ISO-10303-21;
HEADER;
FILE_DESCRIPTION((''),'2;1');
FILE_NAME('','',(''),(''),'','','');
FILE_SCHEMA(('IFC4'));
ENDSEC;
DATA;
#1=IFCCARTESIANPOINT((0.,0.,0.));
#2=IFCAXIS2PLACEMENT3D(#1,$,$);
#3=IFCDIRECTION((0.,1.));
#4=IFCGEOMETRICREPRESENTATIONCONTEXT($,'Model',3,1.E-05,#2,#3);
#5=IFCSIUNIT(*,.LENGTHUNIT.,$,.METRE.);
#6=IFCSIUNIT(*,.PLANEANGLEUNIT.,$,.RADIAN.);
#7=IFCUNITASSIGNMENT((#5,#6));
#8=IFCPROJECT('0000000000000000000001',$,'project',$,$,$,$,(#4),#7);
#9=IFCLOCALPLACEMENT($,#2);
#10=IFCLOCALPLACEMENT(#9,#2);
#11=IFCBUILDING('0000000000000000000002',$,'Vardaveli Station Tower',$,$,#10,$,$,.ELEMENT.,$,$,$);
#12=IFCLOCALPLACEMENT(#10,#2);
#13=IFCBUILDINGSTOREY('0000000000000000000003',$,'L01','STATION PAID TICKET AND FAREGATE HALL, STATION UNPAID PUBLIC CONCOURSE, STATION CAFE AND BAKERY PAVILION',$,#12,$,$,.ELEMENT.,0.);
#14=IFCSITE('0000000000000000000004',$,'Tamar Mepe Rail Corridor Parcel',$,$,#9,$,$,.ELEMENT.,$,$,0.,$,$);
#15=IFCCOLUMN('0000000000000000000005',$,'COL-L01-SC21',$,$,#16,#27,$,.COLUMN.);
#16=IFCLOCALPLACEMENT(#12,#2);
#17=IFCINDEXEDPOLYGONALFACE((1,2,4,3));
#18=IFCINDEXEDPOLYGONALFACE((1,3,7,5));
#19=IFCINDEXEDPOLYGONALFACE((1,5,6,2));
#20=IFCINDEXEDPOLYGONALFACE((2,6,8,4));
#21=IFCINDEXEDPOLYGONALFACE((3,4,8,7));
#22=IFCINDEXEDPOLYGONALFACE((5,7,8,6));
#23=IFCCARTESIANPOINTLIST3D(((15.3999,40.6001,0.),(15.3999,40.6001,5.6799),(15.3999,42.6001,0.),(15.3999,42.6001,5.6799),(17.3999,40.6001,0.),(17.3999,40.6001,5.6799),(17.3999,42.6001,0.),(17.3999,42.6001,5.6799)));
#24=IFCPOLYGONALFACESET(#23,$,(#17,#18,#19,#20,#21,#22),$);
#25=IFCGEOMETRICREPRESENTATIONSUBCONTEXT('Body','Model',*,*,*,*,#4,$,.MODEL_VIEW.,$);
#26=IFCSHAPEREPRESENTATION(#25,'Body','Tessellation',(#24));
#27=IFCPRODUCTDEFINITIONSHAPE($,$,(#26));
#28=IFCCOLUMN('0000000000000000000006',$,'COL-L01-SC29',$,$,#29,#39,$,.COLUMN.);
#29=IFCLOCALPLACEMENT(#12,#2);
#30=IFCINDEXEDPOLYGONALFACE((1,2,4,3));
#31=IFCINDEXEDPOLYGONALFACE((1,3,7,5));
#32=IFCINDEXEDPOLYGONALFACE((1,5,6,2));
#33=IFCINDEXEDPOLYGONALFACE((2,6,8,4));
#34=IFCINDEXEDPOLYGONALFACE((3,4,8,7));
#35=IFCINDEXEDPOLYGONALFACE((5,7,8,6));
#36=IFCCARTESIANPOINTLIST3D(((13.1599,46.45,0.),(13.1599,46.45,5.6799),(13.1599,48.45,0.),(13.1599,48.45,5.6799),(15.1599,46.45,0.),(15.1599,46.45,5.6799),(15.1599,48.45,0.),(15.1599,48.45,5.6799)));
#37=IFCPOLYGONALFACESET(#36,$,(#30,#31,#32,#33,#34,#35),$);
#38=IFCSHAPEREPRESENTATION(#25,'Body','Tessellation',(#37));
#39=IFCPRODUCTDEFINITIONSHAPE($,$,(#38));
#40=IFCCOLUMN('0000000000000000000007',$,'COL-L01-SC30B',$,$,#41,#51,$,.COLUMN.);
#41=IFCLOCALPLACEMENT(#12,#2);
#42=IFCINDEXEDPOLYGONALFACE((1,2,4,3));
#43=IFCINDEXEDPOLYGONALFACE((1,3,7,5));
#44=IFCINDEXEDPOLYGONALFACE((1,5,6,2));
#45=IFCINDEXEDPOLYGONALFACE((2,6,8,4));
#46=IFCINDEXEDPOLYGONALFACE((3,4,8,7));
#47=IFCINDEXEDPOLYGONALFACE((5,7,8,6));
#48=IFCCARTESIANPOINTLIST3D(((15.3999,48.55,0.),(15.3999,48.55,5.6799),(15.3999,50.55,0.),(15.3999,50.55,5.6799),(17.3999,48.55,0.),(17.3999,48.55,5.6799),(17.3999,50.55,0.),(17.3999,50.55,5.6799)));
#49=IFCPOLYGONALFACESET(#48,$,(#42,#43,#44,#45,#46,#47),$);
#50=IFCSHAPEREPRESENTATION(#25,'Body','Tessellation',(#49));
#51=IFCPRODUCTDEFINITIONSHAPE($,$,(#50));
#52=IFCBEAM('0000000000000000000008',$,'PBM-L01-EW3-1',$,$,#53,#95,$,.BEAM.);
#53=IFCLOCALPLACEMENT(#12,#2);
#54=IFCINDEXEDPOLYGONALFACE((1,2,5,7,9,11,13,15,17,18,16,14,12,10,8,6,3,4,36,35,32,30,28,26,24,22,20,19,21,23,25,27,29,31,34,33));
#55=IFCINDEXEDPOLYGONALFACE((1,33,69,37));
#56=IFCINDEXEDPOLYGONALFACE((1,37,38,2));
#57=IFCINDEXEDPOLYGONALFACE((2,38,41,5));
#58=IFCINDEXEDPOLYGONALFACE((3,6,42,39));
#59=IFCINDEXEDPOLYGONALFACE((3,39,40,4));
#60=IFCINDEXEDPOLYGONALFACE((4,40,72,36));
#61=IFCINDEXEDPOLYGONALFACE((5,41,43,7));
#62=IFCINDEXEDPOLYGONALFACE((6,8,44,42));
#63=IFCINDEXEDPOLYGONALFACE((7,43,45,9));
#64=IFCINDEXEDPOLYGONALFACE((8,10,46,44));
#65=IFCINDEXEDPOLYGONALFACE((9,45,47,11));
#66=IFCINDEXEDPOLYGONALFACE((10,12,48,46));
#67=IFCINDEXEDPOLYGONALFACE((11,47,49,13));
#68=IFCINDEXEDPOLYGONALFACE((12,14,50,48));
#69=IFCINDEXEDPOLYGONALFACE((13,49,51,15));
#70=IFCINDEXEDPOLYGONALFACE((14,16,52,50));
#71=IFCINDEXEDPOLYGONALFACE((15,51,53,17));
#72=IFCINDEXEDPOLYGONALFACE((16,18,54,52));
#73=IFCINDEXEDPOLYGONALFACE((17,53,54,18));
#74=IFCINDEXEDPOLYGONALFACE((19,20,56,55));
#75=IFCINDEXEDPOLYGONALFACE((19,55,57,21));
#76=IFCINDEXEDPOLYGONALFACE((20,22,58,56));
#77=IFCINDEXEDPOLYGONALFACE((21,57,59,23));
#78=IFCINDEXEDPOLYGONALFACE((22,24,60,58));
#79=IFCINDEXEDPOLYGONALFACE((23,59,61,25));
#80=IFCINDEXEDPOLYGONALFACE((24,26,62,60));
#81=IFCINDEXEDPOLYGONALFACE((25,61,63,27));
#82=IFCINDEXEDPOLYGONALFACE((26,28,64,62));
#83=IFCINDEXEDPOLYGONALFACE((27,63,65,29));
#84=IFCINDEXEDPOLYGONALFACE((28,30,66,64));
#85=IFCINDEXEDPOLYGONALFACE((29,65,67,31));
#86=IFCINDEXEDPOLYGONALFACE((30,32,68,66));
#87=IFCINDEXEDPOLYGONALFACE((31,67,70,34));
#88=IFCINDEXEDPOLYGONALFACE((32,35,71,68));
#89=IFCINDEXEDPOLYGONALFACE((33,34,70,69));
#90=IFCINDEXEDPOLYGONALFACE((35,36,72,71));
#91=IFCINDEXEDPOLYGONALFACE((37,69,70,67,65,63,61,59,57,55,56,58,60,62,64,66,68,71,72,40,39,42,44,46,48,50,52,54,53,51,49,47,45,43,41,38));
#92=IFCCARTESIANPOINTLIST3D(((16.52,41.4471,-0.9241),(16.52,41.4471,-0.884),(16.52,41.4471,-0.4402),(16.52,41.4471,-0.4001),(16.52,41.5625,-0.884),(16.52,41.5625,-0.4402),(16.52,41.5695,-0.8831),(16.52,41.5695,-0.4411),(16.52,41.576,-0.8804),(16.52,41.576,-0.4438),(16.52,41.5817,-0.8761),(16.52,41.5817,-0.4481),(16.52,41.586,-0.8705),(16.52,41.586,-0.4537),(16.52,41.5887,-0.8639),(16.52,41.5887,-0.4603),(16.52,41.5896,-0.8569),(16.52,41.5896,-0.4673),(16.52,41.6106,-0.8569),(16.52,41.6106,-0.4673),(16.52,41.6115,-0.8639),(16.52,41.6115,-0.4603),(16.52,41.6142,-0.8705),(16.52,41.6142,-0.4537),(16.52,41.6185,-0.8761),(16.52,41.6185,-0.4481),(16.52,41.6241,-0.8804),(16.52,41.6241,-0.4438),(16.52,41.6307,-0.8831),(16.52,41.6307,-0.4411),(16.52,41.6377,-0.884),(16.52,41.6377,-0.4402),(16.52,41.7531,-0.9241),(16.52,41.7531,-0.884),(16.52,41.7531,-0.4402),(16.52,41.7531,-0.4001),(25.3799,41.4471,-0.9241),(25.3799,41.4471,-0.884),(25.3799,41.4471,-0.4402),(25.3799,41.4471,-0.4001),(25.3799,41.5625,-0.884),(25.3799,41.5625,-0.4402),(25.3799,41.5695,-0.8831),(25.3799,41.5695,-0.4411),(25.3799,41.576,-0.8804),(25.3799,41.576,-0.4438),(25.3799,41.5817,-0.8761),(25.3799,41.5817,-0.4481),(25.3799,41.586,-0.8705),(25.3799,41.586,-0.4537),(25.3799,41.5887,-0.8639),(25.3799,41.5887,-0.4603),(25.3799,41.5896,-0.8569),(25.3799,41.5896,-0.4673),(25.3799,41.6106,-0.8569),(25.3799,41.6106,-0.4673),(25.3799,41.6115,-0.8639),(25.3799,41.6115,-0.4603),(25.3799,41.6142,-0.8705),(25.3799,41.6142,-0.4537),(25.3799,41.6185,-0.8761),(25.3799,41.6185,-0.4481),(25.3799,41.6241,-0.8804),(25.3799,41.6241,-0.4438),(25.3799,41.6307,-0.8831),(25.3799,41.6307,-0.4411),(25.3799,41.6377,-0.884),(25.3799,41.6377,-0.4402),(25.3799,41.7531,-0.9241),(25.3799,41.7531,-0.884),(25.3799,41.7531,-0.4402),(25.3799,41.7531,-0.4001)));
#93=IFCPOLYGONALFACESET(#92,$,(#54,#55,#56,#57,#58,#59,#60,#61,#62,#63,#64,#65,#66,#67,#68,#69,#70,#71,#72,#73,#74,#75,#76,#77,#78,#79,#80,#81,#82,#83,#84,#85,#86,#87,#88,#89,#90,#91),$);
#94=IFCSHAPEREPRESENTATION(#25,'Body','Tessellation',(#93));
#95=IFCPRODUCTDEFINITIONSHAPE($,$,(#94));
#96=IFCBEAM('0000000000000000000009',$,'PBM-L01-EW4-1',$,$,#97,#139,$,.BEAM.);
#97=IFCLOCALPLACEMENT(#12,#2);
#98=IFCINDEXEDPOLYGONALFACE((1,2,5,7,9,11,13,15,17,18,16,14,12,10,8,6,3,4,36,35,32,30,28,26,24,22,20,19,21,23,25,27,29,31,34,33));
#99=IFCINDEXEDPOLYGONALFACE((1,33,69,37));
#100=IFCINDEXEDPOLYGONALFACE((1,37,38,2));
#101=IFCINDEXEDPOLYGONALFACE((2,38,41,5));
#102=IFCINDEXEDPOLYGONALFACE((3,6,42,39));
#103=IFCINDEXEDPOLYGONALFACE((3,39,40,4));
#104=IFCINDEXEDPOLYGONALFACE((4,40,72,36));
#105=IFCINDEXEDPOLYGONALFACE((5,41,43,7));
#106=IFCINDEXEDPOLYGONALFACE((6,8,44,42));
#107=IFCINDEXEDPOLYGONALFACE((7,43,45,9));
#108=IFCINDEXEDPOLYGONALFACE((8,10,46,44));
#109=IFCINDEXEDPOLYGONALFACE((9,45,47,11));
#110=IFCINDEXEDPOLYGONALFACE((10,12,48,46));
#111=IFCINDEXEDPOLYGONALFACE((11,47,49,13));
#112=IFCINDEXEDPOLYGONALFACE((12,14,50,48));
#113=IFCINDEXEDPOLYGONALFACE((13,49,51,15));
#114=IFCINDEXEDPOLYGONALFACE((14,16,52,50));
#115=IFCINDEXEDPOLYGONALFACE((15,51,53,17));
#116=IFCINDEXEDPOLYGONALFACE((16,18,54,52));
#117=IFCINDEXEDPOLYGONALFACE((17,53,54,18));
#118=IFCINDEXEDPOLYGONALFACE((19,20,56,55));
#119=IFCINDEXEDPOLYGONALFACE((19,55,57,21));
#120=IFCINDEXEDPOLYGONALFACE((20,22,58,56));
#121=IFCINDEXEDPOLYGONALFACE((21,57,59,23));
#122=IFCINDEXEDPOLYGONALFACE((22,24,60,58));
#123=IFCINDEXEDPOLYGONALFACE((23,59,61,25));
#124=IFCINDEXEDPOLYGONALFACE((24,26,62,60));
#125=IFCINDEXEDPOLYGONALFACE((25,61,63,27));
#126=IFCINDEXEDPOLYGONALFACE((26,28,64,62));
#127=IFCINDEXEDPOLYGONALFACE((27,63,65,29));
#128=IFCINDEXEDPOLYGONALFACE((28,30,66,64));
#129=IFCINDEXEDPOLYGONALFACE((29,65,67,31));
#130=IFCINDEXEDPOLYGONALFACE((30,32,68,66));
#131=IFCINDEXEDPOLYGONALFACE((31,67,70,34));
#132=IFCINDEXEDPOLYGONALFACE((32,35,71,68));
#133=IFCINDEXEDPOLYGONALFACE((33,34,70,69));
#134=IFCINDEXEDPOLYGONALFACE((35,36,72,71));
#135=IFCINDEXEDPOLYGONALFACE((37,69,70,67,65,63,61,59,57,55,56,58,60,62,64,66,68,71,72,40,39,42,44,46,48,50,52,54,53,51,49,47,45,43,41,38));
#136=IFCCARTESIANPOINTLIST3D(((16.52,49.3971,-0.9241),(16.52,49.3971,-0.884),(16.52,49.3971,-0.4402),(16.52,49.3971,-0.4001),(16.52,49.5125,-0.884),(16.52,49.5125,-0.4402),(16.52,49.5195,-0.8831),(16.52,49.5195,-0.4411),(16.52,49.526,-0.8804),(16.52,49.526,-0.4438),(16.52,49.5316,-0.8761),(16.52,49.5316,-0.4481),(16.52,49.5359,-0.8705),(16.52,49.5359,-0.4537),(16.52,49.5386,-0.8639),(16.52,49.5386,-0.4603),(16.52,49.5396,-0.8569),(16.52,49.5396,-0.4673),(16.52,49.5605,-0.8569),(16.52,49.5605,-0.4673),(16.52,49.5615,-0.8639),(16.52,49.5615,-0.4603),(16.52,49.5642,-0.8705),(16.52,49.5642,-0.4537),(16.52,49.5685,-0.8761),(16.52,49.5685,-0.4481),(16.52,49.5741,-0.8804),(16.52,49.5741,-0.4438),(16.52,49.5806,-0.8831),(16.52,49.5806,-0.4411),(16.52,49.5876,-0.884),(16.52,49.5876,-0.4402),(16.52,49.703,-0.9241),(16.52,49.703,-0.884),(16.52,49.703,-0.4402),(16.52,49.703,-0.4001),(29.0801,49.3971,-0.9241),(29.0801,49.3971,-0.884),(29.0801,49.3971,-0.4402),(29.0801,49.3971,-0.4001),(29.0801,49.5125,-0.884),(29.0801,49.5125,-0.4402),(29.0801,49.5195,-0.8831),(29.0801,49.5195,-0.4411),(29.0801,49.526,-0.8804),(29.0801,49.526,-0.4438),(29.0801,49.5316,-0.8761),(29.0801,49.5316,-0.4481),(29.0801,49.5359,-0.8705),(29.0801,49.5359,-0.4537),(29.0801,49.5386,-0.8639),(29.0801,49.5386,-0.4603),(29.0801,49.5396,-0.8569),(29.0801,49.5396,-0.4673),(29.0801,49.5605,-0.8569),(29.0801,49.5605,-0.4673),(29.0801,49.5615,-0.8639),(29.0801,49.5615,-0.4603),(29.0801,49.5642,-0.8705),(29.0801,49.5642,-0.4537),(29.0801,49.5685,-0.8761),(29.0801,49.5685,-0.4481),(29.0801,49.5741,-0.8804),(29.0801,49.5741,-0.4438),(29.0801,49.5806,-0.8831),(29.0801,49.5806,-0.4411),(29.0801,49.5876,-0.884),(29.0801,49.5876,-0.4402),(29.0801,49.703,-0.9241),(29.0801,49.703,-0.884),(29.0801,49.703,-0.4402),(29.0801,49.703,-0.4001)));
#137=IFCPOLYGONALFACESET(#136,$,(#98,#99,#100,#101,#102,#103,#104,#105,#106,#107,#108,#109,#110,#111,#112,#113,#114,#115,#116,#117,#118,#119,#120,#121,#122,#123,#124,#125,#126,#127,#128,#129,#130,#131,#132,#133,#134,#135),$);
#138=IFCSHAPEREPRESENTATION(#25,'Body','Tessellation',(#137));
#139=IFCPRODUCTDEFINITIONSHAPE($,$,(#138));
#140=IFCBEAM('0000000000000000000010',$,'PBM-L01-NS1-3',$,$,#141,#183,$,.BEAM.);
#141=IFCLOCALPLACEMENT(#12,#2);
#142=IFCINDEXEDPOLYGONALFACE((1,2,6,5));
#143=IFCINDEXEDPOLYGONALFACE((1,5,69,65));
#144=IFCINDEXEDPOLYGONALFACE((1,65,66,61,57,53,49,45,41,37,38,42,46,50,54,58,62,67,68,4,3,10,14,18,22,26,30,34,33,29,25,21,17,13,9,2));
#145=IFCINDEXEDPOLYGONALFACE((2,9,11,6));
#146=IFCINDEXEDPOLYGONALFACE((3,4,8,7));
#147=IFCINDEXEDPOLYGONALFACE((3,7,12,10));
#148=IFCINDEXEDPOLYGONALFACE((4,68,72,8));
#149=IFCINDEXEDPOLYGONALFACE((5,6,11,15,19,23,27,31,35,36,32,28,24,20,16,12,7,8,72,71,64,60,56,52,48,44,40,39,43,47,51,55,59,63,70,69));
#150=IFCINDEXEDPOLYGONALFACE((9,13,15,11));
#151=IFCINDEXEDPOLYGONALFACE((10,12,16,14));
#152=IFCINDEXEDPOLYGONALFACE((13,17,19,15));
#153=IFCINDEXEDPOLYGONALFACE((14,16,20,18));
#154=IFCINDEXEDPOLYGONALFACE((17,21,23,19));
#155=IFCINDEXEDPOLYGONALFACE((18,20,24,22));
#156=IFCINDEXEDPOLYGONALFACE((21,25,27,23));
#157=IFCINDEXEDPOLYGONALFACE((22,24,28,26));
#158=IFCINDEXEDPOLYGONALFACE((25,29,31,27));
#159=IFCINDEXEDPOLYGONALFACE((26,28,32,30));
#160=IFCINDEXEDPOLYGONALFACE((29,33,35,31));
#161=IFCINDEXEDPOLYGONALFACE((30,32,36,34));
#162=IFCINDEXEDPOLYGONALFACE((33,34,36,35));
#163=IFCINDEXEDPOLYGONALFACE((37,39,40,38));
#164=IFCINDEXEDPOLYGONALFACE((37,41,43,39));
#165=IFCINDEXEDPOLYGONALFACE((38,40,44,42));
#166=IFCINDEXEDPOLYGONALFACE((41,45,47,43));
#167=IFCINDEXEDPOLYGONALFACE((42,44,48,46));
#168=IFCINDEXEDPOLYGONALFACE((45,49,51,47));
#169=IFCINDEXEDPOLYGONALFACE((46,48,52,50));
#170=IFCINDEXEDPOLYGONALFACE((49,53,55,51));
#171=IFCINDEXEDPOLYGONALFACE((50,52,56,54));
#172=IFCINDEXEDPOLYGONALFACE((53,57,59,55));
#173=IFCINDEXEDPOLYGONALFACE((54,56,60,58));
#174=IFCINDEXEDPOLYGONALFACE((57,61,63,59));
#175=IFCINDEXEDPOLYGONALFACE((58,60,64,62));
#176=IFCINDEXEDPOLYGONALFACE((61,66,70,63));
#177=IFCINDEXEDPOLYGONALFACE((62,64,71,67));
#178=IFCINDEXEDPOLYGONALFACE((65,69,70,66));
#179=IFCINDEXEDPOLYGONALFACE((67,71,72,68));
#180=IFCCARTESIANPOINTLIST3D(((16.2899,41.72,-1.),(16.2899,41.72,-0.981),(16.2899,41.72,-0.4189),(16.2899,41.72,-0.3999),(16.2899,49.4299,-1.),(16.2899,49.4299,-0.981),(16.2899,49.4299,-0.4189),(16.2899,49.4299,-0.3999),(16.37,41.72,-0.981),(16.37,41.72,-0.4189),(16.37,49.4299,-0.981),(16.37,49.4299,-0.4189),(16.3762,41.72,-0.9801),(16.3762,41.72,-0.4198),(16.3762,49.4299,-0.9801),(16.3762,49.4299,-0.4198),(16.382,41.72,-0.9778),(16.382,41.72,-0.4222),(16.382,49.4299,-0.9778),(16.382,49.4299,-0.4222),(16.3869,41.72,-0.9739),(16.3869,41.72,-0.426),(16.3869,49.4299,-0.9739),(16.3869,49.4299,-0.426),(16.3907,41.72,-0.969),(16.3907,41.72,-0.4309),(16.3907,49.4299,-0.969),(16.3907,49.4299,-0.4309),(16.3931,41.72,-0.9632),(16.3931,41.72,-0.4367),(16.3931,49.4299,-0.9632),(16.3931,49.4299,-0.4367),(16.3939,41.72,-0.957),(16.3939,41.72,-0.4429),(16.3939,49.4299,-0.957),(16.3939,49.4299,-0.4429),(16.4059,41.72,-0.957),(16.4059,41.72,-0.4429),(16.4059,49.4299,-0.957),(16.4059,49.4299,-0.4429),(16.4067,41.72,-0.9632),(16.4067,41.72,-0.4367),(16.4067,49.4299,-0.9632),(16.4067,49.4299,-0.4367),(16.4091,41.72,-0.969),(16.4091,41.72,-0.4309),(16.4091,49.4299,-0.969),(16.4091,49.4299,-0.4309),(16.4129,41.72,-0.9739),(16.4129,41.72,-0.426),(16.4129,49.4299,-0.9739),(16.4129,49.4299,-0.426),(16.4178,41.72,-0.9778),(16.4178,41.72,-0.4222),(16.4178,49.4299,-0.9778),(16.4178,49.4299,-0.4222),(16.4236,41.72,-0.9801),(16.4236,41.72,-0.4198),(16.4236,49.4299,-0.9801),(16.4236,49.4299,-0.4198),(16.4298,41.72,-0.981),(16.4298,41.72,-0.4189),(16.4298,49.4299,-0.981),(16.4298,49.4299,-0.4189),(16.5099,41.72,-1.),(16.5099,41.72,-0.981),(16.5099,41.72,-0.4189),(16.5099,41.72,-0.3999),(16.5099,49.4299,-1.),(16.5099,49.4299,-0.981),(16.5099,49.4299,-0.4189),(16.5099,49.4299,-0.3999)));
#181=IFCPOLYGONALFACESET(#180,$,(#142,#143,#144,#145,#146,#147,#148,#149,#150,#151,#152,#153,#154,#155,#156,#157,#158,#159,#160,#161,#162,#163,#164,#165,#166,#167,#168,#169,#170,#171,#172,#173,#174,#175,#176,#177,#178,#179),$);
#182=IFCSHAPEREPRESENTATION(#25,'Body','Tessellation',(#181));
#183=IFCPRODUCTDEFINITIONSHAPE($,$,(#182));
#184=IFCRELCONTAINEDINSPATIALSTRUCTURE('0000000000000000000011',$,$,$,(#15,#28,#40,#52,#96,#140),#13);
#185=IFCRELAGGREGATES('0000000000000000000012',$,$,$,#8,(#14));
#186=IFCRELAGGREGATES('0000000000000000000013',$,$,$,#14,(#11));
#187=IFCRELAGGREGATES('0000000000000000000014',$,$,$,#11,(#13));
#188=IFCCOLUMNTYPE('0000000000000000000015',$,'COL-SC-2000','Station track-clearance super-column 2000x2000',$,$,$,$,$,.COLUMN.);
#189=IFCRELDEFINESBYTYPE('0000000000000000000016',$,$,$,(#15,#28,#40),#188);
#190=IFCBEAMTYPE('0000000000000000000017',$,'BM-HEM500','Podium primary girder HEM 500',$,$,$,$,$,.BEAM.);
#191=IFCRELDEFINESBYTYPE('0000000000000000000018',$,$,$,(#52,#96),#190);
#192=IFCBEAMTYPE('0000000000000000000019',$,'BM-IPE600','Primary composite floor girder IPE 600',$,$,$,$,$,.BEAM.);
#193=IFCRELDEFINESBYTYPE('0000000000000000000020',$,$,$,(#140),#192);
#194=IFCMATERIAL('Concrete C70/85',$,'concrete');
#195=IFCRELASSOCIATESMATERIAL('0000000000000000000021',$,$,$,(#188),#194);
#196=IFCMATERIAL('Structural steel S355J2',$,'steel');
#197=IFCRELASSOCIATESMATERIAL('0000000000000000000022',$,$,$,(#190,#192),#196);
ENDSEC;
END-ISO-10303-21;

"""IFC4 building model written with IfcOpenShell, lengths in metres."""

from ifc_helpers import new_model, si_unit, direction, frame, origin, origin_2d, place, context, subcontext, project, spatial, rectangle, i_section, extrude, source, transform, mapped, material, material_profile, profile_set, type_object, element, save


model = new_model("IFC4")

# Units and contexts
model_context = context("Model", 3, precision=1e-05, world=origin(), true_north=direction((0.0, 1.0)))
body_context = subcontext(model_context, "Body", "Model", "MODEL_VIEW")
ifc_project = project(units=[si_unit("LENGTHUNIT", "METRE"), si_unit("PLANEANGLEUNIT", "RADIAN")], contexts=[model_context])

# Site, building, storey
site_placement = place(None, origin())
site = spatial("IfcSite", under=ifc_project, at=site_placement, Name="Tamar Mepe Rail Corridor Parcel", CompositionType="ELEMENT", RefElevation=0.0)
building_placement = place(site_placement, origin())
building = spatial("IfcBuilding", under=site, at=building_placement, Name="Vardaveli Station Tower", CompositionType="ELEMENT")
storey_placement = place(building_placement, origin())
storey = spatial("IfcBuildingStorey", under=building, at=storey_placement, Name="L01", Description="STATION PAID TICKET AND FAREGATE HALL, STATION UNPAID PUBLIC CONCOURSE, STATION CAFE AND BAKERY PAVILION", CompositionType="ELEMENT", Elevation=0.0)

# Columns
ifc_material_1 = material(Name="Concrete C70/85", Category="concrete")
ifc_material_profile_1 = material_profile(ifc_material_1, rectangle(XDim=2.0, YDim=2.0, at=origin_2d()), Name="SC 2000x2000")
ifc_profile_set_1 = profile_set([ifc_material_profile_1], Name="Concrete C70/85")
column_type = type_object("IfcColumnType", Name="COL-SC-2000", Description="Station track-clearance super-column 2000x2000", PredefinedType="COLUMN", material=ifc_profile_set_1)
shared_shape_1 = source(origin(), body_context, "Body", "SweptSolid", [
    extrude(rectangle(XDim=2.0, YDim=2.0, at=origin_2d()), origin(), (0.0, 0.0, 1.0), 5.6799),
])
for number, where, z_axis, x_axis, name in (
    (1, (16.3999, 41.6001, 0.0), (0.0, 0.0, 1.0), (1.0, 0.0, 0.0), "COL-L01-SC21"),
    (2, (14.1599, 47.45, 0.0), (0.0, 0.0, 1.0), (1.0, 0.0, 0.0), "COL-L01-SC29"),
    (3, (16.3999, 49.55, 0.0), (0.0, 0.0, 1.0), (1.0, 0.0, 0.0), "COL-L01-SC30B"),
):
    element("IfcColumn", number, at=place(storey_placement, frame(where, z_axis=z_axis, x_axis=x_axis)), inside=storey, type_object=column_type, Name=name, PredefinedType="COLUMN", context=body_context, shape_type="MappedRepresentation", body=[
        mapped(shared_shape_1, transform((0.0, 0.0, 0.0), scale=1.0)),
    ])

# Beams
ifc_material_2 = material(Name="Structural steel S355J2", Category="steel")
ifc_material_profile_2 = material_profile(ifc_material_2, i_section(OverallWidth=0.3059, OverallDepth=0.5239, WebThickness=0.021, FlangeThickness=0.04, FilletRadius=0.0271, at=origin_2d()), Name="HEM 500")
ifc_profile_set_2 = profile_set([ifc_material_profile_2], Name="Structural steel S355J2")
beam_type_1 = type_object("IfcBeamType", Name="BM-HEM500", Description="Podium primary girder HEM 500", PredefinedType="BEAM", material=ifc_profile_set_2)
shared_shape_2 = source(origin(), body_context, "Body", "SweptSolid", [
    extrude(i_section(OverallWidth=0.3059, OverallDepth=0.5239, WebThickness=0.021, FlangeThickness=0.04, FilletRadius=0.0271, at=origin_2d()), origin(), (0.0, 0.0, 1.0), 8.8599),
])
beam_1_placement = place(storey_placement, frame((16.52, 41.6001, -0.6621), z_axis=(1.0, 0.0, 0.0), x_axis=(0.0, 1.0, 0.0)))
element("IfcBeam", 4, at=beam_1_placement, inside=storey, type_object=beam_type_1, Name="PBM-L01-EW3-1", PredefinedType="BEAM", context=body_context, shape_type="MappedRepresentation", body=[
    mapped(shared_shape_2, transform((0.0, 0.0, 0.0), scale=1.0)),
])
shared_shape_3 = source(origin(), body_context, "Body", "SweptSolid", [
    extrude(i_section(OverallWidth=0.3059, OverallDepth=0.5239, WebThickness=0.021, FlangeThickness=0.04, FilletRadius=0.0271, at=origin_2d()), origin(), (0.0, 0.0, 1.0), 12.5601),
])
beam_2_placement = place(storey_placement, frame((16.52, 49.55, -0.6621), z_axis=(1.0, 0.0, 0.0), x_axis=(0.0, 1.0, 0.0)))
element("IfcBeam", 5, at=beam_2_placement, inside=storey, type_object=beam_type_1, Name="PBM-L01-EW4-1", PredefinedType="BEAM", context=body_context, shape_type="MappedRepresentation", body=[
    mapped(shared_shape_3, transform((0.0, 0.0, 0.0), scale=1.0)),
])
ifc_material_profile_3 = material_profile(ifc_material_2, i_section(OverallWidth=0.22, OverallDepth=0.6001, WebThickness=0.012, FlangeThickness=0.019, FilletRadius=0.0239, at=origin_2d()), Name="IPE 600")
ifc_profile_set_3 = profile_set([ifc_material_profile_3], Name="Structural steel S355J2")
beam_type_2 = type_object("IfcBeamType", Name="BM-IPE600", Description="Primary composite floor girder IPE 600", PredefinedType="BEAM", material=ifc_profile_set_3)
shared_shape_4 = source(origin(), body_context, "Body", "SweptSolid", [
    extrude(i_section(OverallWidth=0.22, OverallDepth=0.6001, WebThickness=0.012, FlangeThickness=0.019, FilletRadius=0.0239, at=origin_2d()), origin(), (0.0, 0.0, 1.0), 7.71),
])
beam_3_placement = place(storey_placement, frame((16.3999, 41.72, -0.7), z_axis=(0.0, 1.0, 0.0), x_axis=(-1.0, 0.0, 0.0)))
element("IfcBeam", 6, at=beam_3_placement, inside=storey, type_object=beam_type_2, Name="PBM-L01-NS1-3", PredefinedType="BEAM", context=body_context, shape_type="MappedRepresentation", body=[
    mapped(shared_shape_4, transform((0.0, 0.0, 0.0), scale=1.0)),
])

save(model, "model.ifc")
